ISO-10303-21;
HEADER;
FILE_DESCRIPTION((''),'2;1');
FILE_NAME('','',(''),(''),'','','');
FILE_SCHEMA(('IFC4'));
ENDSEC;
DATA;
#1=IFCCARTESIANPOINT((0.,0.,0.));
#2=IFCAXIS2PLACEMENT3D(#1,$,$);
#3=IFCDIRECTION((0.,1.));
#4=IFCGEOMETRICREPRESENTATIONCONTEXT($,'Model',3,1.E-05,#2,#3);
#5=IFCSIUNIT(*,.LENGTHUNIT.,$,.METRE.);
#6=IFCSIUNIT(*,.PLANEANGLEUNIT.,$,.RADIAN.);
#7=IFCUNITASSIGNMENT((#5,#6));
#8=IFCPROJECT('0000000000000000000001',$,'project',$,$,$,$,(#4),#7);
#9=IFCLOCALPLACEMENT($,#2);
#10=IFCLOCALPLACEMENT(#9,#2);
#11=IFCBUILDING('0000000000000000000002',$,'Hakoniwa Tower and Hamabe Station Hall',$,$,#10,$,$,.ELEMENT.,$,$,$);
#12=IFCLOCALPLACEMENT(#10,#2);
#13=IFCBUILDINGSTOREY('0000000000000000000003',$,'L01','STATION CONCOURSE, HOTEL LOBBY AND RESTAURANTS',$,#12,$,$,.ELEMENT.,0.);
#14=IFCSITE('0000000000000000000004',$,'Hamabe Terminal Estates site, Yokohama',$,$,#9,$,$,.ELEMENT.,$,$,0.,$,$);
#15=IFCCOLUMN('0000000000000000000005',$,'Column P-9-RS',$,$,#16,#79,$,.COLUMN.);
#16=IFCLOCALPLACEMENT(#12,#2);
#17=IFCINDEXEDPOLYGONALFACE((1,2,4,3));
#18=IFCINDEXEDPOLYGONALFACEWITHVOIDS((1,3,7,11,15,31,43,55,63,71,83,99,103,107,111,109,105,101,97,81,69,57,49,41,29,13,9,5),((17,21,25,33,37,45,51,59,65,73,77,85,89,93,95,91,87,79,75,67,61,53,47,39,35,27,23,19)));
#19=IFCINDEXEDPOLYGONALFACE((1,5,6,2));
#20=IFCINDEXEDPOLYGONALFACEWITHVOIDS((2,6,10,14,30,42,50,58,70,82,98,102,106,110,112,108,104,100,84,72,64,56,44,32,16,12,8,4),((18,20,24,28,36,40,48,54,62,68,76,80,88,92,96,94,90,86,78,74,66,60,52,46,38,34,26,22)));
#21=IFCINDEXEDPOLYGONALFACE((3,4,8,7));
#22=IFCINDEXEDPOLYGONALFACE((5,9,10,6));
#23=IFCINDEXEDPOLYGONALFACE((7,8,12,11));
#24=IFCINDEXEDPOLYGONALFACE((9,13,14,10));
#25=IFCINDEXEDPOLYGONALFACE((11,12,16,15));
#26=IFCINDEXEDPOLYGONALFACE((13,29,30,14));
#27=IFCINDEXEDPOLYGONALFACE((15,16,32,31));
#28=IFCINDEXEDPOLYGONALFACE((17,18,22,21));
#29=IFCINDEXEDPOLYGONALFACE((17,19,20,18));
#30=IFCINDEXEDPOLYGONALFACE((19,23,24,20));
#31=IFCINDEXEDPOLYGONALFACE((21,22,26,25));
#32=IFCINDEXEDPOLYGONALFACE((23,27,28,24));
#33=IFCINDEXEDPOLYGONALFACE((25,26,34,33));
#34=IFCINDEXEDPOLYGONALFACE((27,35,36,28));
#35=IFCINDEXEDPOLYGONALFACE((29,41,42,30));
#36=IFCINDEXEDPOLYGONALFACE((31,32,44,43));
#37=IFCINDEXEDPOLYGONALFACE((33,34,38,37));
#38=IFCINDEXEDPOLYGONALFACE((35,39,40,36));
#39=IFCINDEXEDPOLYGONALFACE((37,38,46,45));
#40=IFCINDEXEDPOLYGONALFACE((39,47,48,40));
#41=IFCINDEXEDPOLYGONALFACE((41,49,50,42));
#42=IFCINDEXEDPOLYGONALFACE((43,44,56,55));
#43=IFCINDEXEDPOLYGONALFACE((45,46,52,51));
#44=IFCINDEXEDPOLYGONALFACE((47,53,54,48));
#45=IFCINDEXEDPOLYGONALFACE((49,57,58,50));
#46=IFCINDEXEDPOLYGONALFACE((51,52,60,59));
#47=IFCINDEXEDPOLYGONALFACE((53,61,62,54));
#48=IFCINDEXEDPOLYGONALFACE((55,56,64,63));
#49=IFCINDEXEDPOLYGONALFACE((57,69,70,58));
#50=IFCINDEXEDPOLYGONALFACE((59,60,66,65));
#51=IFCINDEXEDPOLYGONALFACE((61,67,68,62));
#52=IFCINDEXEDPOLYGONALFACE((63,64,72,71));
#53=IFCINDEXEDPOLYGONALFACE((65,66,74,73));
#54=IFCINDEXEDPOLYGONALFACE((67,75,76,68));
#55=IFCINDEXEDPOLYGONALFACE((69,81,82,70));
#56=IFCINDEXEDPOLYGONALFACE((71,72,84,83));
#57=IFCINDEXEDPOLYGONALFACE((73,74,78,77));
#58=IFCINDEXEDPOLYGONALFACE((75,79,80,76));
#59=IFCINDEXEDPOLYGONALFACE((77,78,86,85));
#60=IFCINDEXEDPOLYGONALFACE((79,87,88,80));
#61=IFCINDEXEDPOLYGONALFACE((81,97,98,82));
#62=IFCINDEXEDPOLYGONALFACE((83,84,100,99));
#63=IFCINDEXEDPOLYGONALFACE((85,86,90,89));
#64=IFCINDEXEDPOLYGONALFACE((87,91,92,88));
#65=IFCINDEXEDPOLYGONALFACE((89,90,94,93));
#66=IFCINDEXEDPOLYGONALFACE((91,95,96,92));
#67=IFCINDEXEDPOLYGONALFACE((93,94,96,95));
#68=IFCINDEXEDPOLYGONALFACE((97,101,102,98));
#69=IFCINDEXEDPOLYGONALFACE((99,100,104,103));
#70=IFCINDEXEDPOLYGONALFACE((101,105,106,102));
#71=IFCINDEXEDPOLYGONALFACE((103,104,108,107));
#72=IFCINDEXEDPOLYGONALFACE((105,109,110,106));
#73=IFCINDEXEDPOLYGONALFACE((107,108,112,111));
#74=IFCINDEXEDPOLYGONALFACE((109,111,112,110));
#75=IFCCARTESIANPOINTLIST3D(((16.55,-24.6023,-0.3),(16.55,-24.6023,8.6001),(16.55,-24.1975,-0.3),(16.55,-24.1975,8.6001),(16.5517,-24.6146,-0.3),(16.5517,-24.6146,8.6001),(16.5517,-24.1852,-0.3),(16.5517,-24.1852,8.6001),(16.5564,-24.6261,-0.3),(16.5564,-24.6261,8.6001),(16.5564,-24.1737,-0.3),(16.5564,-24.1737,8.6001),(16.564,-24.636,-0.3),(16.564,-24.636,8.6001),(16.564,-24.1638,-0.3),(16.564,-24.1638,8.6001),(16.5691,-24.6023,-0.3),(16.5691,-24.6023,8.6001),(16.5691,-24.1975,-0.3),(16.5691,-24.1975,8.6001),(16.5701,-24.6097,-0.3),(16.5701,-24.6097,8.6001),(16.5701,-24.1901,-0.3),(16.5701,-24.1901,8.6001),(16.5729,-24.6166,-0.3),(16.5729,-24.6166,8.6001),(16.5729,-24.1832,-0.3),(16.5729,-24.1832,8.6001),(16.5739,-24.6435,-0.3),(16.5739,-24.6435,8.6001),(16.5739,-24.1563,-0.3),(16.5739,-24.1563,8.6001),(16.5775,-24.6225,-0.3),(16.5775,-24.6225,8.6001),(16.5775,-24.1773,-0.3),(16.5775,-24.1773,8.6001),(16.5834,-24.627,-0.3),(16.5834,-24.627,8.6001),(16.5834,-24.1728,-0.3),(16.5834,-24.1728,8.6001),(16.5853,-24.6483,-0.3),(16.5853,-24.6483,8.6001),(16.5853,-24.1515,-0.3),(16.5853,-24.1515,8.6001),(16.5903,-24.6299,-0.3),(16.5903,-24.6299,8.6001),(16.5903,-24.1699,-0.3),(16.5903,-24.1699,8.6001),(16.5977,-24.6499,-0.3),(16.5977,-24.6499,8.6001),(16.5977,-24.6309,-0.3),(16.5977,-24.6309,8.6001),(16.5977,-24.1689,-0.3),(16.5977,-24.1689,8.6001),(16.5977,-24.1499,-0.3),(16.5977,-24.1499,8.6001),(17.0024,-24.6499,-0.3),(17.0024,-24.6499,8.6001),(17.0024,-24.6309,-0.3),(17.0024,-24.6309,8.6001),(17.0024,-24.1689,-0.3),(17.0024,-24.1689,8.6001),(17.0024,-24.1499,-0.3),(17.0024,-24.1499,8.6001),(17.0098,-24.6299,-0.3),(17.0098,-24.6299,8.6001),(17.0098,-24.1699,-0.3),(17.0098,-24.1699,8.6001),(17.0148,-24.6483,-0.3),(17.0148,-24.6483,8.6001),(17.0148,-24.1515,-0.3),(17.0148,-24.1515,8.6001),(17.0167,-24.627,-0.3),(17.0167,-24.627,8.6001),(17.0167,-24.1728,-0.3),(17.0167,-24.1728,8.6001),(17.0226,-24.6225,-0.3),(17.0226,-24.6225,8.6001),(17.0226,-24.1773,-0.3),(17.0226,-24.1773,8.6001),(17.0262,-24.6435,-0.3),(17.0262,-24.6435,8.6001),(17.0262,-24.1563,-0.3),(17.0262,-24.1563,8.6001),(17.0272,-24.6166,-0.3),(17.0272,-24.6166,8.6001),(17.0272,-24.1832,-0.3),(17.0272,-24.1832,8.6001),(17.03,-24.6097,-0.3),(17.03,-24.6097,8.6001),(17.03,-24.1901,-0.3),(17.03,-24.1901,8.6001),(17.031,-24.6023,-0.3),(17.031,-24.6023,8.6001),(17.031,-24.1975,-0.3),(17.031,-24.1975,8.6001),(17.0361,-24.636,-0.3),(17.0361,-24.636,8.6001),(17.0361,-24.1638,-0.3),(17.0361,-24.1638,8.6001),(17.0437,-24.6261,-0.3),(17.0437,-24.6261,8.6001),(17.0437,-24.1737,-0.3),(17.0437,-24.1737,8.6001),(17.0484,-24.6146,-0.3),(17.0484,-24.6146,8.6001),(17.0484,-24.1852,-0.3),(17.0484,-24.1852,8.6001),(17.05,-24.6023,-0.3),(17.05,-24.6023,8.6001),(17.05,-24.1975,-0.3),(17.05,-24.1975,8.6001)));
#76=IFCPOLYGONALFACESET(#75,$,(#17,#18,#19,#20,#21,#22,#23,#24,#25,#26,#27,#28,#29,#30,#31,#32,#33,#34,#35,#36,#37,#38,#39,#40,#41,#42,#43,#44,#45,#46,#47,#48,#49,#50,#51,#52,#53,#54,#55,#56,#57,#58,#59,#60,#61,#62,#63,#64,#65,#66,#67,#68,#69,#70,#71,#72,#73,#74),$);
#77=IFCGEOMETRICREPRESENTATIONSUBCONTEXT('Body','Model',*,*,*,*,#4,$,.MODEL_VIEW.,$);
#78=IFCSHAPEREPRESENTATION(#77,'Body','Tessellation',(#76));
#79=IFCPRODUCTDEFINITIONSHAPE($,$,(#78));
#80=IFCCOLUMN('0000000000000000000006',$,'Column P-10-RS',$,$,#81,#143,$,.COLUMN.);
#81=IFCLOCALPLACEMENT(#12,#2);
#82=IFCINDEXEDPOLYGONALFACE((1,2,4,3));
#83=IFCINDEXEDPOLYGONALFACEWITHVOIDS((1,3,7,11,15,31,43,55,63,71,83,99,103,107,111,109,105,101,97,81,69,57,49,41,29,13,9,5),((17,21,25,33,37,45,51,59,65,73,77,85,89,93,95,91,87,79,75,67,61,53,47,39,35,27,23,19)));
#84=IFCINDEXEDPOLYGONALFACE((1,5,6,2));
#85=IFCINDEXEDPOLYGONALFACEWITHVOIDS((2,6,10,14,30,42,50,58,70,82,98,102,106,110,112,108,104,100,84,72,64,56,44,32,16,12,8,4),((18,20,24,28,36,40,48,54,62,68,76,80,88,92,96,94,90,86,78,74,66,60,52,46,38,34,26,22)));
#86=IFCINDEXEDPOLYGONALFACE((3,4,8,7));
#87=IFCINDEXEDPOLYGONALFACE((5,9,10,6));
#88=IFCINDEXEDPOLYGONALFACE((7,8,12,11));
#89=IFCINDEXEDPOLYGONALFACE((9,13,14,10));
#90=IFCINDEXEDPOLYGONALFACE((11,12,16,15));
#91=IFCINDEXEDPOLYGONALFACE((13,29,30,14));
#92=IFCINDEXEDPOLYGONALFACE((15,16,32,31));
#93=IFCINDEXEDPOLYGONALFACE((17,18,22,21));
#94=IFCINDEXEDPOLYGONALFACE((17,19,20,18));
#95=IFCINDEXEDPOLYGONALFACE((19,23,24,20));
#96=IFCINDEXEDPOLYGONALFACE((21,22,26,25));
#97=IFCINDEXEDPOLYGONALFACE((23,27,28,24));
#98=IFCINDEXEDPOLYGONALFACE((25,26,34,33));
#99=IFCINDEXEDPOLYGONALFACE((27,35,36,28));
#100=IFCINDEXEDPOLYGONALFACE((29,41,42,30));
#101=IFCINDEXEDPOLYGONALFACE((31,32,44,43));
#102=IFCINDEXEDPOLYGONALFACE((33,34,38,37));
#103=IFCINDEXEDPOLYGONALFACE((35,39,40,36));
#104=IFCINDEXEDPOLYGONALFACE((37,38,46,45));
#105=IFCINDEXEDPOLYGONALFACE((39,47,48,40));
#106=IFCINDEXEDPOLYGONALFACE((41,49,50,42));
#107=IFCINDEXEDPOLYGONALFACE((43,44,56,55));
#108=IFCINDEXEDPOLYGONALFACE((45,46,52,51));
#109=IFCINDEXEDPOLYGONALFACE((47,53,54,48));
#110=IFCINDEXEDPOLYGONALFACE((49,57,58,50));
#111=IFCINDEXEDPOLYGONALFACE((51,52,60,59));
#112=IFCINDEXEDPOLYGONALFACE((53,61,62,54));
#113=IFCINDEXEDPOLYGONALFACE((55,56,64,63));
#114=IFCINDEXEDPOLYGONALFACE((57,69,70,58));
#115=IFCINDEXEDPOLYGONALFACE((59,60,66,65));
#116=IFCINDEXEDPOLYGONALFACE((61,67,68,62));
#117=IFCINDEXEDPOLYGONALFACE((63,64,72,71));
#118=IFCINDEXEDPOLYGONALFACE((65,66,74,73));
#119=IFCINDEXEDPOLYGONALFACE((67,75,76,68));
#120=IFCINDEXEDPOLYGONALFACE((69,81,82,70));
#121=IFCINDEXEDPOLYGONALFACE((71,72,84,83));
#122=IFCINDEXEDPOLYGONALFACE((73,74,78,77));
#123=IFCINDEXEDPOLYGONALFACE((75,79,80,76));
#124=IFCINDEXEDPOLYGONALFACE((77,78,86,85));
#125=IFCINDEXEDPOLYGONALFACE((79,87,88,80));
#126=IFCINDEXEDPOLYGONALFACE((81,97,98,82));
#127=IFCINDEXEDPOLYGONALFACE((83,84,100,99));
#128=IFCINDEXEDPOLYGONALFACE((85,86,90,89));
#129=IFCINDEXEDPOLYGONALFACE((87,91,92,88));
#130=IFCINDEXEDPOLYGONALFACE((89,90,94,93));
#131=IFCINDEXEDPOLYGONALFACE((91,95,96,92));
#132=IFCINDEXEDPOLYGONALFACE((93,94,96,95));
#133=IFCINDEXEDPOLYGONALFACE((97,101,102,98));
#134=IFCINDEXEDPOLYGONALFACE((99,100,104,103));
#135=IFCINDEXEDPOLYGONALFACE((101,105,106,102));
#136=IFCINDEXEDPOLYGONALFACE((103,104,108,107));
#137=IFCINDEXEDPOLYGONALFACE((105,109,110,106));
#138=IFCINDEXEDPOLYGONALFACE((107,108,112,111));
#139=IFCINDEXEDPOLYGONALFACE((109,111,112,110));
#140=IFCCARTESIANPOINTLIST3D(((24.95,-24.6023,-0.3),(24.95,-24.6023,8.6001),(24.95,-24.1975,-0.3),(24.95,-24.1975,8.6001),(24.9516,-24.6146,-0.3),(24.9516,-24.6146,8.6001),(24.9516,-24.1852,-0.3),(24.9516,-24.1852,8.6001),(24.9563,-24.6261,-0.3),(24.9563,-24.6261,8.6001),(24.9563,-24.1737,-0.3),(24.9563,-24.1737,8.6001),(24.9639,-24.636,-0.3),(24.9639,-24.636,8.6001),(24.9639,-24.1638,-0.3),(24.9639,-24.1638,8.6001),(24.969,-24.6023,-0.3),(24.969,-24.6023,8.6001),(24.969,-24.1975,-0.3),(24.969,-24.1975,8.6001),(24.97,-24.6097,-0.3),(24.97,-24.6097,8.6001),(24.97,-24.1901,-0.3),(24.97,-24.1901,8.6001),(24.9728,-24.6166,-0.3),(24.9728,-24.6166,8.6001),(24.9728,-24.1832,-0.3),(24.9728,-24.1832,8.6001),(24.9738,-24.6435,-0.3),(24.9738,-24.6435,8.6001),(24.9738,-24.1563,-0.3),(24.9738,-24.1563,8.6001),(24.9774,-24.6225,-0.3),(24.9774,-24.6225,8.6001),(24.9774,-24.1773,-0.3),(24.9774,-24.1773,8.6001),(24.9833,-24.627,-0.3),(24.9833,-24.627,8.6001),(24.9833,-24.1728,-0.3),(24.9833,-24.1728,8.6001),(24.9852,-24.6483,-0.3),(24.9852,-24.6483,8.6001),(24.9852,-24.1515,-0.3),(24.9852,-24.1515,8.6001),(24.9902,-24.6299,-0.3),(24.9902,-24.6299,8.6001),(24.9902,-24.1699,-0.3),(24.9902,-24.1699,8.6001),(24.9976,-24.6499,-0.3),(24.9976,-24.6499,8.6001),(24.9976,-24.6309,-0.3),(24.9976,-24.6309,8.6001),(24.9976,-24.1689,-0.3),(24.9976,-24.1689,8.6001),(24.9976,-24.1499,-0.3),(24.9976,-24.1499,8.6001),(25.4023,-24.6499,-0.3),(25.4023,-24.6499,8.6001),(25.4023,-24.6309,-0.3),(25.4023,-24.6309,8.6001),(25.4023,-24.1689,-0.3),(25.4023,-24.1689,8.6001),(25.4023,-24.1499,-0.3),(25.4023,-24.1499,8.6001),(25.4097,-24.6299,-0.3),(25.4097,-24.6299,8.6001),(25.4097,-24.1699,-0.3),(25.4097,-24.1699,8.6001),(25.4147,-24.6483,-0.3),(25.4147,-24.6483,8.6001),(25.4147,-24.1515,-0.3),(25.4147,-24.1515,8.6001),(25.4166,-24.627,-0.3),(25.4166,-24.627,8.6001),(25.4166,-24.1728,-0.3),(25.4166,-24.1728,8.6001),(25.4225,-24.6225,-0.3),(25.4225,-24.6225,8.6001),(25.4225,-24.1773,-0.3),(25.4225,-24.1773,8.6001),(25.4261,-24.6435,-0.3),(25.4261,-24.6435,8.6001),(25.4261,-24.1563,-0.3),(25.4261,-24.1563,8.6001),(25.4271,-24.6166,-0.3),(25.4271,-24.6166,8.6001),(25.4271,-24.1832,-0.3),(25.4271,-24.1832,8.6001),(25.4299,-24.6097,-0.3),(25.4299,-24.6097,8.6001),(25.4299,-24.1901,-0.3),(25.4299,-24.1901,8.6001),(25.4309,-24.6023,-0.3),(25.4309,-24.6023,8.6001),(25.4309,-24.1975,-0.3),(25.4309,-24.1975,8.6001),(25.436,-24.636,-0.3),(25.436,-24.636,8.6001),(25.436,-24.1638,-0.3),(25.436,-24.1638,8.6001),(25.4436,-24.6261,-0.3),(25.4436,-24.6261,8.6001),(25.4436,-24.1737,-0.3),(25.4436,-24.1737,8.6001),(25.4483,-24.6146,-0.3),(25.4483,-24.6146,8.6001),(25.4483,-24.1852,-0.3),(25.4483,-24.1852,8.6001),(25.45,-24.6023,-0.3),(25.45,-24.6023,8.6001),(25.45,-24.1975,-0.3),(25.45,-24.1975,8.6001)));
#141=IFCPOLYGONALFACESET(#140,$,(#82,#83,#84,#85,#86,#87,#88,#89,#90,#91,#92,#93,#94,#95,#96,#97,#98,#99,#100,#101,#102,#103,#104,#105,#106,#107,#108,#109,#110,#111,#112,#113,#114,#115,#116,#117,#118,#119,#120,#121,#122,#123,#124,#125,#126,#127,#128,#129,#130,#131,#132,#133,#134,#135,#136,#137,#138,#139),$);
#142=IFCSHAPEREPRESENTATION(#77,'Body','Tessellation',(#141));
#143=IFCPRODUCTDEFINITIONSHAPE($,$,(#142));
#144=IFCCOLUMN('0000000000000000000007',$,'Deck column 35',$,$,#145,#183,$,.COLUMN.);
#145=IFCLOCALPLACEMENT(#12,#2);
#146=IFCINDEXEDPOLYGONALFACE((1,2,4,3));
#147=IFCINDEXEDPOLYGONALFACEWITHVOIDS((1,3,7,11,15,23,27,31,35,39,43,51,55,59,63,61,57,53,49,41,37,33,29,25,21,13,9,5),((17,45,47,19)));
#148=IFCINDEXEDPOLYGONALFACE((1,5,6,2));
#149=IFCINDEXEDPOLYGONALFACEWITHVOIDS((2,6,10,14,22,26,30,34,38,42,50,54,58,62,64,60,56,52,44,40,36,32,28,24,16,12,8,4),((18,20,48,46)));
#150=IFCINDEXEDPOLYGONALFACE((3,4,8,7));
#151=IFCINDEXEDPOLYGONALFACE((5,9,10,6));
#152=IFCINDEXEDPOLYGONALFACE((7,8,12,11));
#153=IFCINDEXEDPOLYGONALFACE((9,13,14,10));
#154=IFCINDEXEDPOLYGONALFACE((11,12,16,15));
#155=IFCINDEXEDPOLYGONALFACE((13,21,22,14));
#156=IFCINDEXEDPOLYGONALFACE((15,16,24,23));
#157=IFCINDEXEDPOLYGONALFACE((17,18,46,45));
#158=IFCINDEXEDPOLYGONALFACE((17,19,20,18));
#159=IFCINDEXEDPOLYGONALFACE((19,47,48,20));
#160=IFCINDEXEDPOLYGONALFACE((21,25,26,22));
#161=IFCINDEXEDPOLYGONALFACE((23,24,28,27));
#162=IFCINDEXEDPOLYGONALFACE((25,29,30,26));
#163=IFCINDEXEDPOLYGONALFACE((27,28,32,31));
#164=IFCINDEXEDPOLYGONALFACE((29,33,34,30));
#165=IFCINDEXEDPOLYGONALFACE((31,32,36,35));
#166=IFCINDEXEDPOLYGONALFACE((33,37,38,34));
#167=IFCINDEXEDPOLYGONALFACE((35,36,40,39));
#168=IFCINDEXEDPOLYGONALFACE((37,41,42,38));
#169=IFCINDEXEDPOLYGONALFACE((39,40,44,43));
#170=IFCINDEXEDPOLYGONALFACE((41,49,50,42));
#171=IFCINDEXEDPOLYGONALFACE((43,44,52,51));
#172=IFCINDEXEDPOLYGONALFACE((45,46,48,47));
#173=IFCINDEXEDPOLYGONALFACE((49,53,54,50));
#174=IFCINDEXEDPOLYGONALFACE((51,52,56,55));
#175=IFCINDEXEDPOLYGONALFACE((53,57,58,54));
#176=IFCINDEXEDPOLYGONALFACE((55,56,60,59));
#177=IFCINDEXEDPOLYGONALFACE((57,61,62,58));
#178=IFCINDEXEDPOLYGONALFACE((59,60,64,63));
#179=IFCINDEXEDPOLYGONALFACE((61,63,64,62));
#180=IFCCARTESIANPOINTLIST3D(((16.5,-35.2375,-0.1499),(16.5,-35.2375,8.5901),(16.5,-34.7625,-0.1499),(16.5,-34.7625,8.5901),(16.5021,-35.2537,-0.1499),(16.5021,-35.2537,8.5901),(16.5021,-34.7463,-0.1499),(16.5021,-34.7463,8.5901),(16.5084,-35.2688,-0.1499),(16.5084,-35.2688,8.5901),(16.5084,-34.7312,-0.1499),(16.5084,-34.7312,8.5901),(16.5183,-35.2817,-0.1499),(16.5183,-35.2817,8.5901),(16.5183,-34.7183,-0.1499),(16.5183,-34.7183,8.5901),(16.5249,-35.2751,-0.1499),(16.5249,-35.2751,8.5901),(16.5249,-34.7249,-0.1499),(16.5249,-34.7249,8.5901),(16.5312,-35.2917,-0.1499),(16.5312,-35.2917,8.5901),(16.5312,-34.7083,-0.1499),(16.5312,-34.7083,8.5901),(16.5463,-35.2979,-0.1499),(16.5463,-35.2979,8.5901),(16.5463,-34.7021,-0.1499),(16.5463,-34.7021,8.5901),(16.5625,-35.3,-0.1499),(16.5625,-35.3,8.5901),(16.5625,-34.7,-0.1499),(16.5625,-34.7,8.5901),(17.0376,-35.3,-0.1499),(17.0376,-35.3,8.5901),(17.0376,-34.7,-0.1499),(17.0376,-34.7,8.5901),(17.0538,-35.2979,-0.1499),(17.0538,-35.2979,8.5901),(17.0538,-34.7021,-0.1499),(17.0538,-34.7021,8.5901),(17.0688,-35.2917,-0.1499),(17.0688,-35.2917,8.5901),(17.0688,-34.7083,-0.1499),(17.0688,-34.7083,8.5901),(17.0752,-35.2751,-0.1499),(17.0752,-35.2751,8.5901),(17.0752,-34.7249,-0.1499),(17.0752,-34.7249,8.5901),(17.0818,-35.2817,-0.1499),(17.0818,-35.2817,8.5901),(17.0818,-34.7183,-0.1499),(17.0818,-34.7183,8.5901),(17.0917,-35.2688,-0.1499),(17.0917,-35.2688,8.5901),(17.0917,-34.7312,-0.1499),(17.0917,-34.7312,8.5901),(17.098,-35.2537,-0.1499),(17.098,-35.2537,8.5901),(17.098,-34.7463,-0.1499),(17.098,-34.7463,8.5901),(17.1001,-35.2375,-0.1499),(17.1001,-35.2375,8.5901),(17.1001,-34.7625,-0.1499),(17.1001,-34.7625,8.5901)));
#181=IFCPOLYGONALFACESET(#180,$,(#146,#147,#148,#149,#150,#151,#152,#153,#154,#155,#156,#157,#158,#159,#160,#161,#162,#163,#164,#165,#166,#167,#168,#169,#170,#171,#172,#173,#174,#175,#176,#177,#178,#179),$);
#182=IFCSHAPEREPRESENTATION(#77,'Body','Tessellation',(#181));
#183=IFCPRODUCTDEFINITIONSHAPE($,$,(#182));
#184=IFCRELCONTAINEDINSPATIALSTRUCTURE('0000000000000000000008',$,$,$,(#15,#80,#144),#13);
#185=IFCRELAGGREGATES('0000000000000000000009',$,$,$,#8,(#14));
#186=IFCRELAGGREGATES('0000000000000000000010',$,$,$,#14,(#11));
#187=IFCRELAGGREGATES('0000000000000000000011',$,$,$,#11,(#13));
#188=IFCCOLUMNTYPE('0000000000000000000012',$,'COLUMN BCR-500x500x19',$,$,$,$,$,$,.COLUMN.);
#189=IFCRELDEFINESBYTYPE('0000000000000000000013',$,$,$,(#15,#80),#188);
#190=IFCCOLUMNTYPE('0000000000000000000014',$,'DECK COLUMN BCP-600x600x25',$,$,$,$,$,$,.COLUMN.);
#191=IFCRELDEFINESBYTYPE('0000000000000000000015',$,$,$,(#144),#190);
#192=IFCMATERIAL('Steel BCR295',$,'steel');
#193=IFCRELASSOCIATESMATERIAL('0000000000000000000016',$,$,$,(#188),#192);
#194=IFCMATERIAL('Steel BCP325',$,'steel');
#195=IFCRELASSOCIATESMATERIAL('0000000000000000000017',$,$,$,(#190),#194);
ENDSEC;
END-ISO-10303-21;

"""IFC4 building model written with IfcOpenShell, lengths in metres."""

from ifc_helpers import new_model, si_unit, direction, frame, origin, origin_2d, place, context, subcontext, project, spatial, hollow_rectangle, extrude, material, material_profile, profile_set, type_object, element, save


model = new_model("IFC4")

# Units and contexts
model_context = context("Model", 3, precision=1e-05, world=origin(), true_north=direction((0.0, 1.0)))
body_context = subcontext(model_context, "Body", "Model", "MODEL_VIEW")
ifc_project = project(units=[si_unit("LENGTHUNIT", "METRE"), si_unit("PLANEANGLEUNIT", "RADIAN")], contexts=[model_context])

# Site, building, storey
site_placement = place(None, origin())
site = spatial("IfcSite", under=ifc_project, at=site_placement, Name="Hamabe Terminal Estates site, Yokohama", CompositionType="ELEMENT", RefElevation=0.0)
building_placement = place(site_placement, origin())
building = spatial("IfcBuilding", under=site, at=building_placement, Name="Hakoniwa Tower and Hamabe Station Hall", CompositionType="ELEMENT")
storey_placement = place(building_placement, origin())
storey = spatial("IfcBuildingStorey", under=building, at=storey_placement, Name="L01", Description="STATION CONCOURSE, HOTEL LOBBY AND RESTAURANTS", CompositionType="ELEMENT", Elevation=0.0)

# Columns
ifc_material_1 = material(Name="Steel BCR295", Category="steel")
ifc_material_profile_1 = material_profile(ifc_material_1, hollow_rectangle(XDim=0.5, YDim=0.5, WallThickness=0.019, InnerFilletRadius=0.0286, OuterFilletRadius=0.0476, at=origin_2d()), Name="BCR-500x500x19")
ifc_profile_set_1 = profile_set([ifc_material_profile_1], Name="Steel BCR295")
column_type_1 = type_object("IfcColumnType", Name="COLUMN BCR-500x500x19", PredefinedType="COLUMN", material=ifc_profile_set_1)
for number, where, z_axis, x_axis, name in (
    (1, (16.8, -24.3999, -0.3), (0.0, 0.0, 1.0), (1.0, 0.0, 0.0), "Column P-9-RS"),
    (2, (25.2, -24.3999, -0.3), (0.0, 0.0, 1.0), (1.0, 0.0, 0.0), "Column P-10-RS"),
):
    element("IfcColumn", number, at=place(storey_placement, frame(where, z_axis=z_axis, x_axis=x_axis)), inside=storey, type_object=column_type_1, Name=name, PredefinedType="COLUMN", context=body_context, shape_type="SweptSolid", body=[
        extrude(hollow_rectangle(XDim=0.5, YDim=0.5, WallThickness=0.019, InnerFilletRadius=0.0286, OuterFilletRadius=0.0476, at=origin_2d()), origin(), (0.0, 0.0, 1.0), 8.9001),
    ])
ifc_material_2 = material(Name="Steel BCP325", Category="steel")
ifc_material_profile_2 = material_profile(ifc_material_2, hollow_rectangle(XDim=0.6001, YDim=0.6001, WallThickness=0.0249, OuterFilletRadius=0.0625, at=origin_2d()), Name="DECK COLUMN BCP-600x600x25")
ifc_profile_set_2 = profile_set([ifc_material_profile_2], Name="Steel BCP325")
column_type_2 = type_object("IfcColumnType", Name="DECK COLUMN BCP-600x600x25", PredefinedType="COLUMN", material=ifc_profile_set_2)
for number, where, z_axis, x_axis, name in (
    (3, (16.8, -35.0, -0.1499), (0.0, 0.0, 1.0), (1.0, 0.0, 0.0), "Deck column 35"),
):
    element("IfcColumn", number, at=place(storey_placement, frame(where, z_axis=z_axis, x_axis=x_axis)), inside=storey, type_object=column_type_2, Name=name, PredefinedType="COLUMN", context=body_context, shape_type="SweptSolid", body=[
        extrude(hollow_rectangle(XDim=0.6001, YDim=0.6001, WallThickness=0.0249, OuterFilletRadius=0.0625, at=origin_2d()), origin(), (0.0, 0.0, 1.0), 8.74),
    ])

save(model, "model.ifc")
